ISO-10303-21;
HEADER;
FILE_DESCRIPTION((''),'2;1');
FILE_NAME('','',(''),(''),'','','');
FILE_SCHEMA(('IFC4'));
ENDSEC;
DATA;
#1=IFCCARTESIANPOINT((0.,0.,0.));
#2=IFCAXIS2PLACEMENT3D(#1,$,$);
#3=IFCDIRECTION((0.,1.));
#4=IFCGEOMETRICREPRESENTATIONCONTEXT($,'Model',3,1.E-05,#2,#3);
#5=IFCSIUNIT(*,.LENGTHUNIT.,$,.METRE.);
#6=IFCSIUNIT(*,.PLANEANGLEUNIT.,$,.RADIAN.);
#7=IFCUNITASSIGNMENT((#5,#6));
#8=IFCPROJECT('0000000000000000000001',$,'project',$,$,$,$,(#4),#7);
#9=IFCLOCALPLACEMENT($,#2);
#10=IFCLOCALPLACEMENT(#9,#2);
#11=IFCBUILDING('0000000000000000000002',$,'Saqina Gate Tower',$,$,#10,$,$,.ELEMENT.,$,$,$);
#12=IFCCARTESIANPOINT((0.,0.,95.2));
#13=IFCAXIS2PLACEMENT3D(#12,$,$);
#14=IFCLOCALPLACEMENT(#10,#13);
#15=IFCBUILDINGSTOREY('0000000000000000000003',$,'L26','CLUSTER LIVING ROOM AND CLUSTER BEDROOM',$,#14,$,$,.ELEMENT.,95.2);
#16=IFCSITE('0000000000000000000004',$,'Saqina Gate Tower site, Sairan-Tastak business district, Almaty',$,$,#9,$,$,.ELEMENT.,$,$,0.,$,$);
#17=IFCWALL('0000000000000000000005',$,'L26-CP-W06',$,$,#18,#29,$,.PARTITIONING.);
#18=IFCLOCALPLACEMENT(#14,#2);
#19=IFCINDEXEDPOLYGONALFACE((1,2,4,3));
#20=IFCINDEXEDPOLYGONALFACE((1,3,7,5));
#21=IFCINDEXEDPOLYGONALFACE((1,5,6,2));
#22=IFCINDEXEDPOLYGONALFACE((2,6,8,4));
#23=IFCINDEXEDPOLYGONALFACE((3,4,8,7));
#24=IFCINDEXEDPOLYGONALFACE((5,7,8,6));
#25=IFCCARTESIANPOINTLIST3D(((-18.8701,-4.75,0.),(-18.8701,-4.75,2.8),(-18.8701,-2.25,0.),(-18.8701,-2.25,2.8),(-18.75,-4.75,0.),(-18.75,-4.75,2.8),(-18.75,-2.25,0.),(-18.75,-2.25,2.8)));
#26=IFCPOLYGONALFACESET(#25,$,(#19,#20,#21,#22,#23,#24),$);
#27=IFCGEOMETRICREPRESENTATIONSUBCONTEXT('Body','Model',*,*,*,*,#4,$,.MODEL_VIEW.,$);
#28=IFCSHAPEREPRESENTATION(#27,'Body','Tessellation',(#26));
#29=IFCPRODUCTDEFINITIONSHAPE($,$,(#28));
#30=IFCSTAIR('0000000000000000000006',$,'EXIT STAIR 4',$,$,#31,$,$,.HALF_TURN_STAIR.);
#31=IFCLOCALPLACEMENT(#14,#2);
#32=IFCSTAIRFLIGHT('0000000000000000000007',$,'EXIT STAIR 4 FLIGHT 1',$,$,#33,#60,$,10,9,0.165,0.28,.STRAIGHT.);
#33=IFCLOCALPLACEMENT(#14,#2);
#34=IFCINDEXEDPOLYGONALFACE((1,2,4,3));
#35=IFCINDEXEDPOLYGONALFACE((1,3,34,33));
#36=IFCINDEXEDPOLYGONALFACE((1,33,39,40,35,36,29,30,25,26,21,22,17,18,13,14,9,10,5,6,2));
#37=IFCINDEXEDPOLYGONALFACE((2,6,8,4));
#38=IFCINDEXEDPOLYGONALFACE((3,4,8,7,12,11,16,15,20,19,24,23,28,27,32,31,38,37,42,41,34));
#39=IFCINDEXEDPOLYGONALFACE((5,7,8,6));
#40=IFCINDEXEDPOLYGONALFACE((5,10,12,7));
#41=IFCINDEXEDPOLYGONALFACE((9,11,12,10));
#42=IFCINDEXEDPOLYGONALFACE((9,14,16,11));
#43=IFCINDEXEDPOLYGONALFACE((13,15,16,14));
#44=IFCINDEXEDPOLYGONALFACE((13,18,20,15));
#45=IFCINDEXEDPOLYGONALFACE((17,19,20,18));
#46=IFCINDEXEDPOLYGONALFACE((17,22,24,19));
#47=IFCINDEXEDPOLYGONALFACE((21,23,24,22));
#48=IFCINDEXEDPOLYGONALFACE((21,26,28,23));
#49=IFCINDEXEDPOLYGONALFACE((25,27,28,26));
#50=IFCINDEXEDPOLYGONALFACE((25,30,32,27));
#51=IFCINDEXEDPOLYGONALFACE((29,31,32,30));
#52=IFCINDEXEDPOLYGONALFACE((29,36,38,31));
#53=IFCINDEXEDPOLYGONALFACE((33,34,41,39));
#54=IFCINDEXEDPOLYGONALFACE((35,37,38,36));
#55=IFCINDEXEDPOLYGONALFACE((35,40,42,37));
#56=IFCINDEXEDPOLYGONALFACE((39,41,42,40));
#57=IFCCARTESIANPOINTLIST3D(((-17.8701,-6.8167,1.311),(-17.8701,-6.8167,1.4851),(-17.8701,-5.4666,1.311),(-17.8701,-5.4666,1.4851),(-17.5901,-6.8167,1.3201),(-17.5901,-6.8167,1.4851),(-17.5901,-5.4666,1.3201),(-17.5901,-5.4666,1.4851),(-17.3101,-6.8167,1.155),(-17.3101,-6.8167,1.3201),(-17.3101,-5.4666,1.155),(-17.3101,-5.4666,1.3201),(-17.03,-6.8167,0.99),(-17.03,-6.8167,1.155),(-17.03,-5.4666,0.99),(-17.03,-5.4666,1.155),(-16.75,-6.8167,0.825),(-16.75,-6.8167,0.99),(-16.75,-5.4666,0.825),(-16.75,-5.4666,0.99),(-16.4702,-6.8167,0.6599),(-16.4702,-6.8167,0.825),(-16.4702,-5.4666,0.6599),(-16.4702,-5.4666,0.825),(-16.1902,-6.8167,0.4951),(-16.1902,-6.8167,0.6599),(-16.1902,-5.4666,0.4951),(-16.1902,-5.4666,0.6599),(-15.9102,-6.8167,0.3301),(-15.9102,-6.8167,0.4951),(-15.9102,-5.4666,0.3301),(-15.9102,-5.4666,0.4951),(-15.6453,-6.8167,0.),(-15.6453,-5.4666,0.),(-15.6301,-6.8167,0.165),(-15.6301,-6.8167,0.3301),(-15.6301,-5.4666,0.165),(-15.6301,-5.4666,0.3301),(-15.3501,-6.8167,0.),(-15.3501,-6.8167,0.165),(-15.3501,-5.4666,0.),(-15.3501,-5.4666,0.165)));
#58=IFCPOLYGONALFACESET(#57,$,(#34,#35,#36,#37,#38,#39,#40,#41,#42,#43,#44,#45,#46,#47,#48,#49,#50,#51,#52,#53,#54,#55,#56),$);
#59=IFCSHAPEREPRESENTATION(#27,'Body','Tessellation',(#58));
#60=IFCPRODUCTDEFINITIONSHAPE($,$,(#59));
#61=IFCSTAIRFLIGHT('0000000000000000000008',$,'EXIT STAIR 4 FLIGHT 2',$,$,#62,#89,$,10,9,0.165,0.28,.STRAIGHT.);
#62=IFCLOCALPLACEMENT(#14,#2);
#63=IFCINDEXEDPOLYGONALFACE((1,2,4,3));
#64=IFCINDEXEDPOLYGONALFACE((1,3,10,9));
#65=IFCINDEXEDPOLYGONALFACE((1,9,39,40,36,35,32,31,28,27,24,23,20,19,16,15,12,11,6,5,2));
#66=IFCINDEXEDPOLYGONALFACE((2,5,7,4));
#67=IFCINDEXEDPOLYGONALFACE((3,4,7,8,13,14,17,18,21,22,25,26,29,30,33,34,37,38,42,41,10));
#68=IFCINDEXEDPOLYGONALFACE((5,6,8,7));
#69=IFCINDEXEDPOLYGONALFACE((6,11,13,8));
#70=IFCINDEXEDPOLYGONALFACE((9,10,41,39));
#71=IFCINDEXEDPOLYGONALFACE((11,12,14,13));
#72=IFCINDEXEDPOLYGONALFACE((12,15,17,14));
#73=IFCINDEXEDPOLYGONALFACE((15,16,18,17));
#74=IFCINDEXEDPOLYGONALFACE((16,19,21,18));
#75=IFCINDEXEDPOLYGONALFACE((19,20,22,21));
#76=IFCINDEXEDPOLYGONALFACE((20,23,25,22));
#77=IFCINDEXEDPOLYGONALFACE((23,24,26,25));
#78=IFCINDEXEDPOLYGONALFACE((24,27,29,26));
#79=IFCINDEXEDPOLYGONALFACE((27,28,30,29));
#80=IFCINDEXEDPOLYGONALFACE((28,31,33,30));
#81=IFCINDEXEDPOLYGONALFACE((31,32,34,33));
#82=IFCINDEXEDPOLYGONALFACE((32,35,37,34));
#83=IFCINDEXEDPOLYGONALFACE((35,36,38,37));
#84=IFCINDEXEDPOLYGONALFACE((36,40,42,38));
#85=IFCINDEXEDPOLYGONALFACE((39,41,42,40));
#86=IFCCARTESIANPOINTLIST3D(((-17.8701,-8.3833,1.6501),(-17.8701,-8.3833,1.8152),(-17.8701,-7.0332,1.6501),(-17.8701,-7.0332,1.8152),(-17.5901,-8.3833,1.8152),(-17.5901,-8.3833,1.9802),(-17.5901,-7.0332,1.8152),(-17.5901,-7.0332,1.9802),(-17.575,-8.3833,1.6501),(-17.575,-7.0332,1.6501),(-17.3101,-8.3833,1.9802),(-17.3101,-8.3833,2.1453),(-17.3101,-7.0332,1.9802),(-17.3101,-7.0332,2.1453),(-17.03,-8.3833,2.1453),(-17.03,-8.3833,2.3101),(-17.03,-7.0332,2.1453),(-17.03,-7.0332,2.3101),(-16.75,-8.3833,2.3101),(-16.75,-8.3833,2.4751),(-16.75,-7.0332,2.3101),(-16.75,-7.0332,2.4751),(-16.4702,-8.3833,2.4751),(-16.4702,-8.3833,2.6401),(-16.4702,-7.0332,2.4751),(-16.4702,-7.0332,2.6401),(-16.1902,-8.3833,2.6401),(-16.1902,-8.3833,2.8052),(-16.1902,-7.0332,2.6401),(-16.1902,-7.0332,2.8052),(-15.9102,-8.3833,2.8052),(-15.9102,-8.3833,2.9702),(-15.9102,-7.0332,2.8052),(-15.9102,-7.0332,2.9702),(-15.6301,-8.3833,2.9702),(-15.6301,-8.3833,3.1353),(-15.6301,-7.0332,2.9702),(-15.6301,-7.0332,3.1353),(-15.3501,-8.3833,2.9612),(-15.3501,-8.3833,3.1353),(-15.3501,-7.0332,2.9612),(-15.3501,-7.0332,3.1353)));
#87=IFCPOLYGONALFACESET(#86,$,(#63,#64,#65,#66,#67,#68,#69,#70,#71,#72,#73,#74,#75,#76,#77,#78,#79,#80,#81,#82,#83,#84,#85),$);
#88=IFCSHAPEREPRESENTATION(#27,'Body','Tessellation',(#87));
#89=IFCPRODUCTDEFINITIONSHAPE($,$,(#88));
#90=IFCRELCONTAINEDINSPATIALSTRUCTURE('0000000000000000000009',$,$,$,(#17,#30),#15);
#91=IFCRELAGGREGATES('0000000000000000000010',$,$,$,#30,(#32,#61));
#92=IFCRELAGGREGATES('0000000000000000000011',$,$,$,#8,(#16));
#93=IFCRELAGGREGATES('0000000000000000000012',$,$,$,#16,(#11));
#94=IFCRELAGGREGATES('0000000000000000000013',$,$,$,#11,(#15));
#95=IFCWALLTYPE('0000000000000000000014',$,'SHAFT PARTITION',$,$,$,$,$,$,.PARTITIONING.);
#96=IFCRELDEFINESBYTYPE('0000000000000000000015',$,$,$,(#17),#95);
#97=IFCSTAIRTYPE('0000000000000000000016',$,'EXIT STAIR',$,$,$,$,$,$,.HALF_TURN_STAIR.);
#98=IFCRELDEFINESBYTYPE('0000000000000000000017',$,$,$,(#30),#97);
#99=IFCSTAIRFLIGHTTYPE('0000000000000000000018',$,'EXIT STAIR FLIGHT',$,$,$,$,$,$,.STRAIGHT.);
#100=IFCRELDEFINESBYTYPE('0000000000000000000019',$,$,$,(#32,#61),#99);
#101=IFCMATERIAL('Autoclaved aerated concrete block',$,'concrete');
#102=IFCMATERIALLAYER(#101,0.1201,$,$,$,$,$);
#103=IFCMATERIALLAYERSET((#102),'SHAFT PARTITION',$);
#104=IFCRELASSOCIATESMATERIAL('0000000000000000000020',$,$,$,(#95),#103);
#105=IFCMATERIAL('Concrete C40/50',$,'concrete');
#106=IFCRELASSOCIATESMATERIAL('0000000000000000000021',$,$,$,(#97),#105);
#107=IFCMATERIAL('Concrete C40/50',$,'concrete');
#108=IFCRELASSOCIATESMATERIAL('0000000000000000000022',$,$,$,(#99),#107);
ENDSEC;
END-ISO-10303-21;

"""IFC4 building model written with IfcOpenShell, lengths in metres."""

from ifc_helpers import new_model, si_unit, direction, frame, frame_2d, origin, place, context, subcontext, project, spatial, polyline, rectangle, outline, extrude, material, layer, layer_set, type_object, element, aggregate, save


model = new_model("IFC4")

# Units and contexts
model_context = context("Model", 3, precision=1e-05, world=origin(), true_north=direction((0.0, 1.0)))
body_context = subcontext(model_context, "Body", "Model", "MODEL_VIEW")
ifc_project = project(units=[si_unit("LENGTHUNIT", "METRE"), si_unit("PLANEANGLEUNIT", "RADIAN")], contexts=[model_context])

# Site, building, storey
site_placement = place(None, origin())
site = spatial("IfcSite", under=ifc_project, at=site_placement, Name="Saqina Gate Tower site, Sairan-Tastak business district, Almaty", CompositionType="ELEMENT", RefElevation=0.0)
building_placement = place(site_placement, origin())
building = spatial("IfcBuilding", under=site, at=building_placement, Name="Saqina Gate Tower", CompositionType="ELEMENT")
storey_placement = place(building_placement, frame((0.0, 0.0, 95.2)))
storey = spatial("IfcBuildingStorey", under=building, at=storey_placement, Name="L26", Description="CLUSTER LIVING ROOM AND CLUSTER BEDROOM", CompositionType="ELEMENT", Elevation=95.2)

# Shared definitions
ifc_material_1 = material(Name="Autoclaved aerated concrete block", Category="concrete")
ifc_layer_1 = layer(ifc_material_1, 0.1201)
ifc_layer_set_1 = layer_set([ifc_layer_1], Name="SHAFT PARTITION")
wall_type_1 = type_object("IfcWallType", Name="SHAFT PARTITION", PredefinedType="PARTITIONING", material=ifc_layer_set_1)

# Wall
wall_1_placement = place(storey_placement, frame((-18.8101, -4.75, 0.0), z_axis=(0.0, 0.0, 1.0), x_axis=(0.0, 1.0, 0.0)))
element("IfcWall", 1, at=wall_1_placement, inside=storey, type_object=wall_type_1, Name="L26-CP-W06", PredefinedType="PARTITIONING", context=body_context, shape_type="SweptSolid", body=[
    extrude(rectangle(XDim=2.5, YDim=0.1201, at=frame_2d((1.25, 0.0))), origin(), (0.0, 0.0, 1.0), 2.8),
])

# Stair, stair flights
ifc_material_2 = material(Name="Concrete C40/50", Category="concrete")
stair_type = type_object("IfcStairType", Name="EXIT STAIR", PredefinedType="HALF_TURN_STAIR", material=ifc_material_2)
stair_placement = place(storey_placement, origin())
stair = element("IfcStair", 2, at=stair_placement, inside=storey, type_object=stair_type, Name="EXIT STAIR 4", PredefinedType="HALF_TURN_STAIR")
ifc_material_3 = material(Name="Concrete C40/50", Category="concrete")
stair_flight_type = type_object("IfcStairFlightType", Name="EXIT STAIR FLIGHT", PredefinedType="STRAIGHT", material=ifc_material_3)
stair_flight_1_placement = place(storey_placement, frame((-15.3501, -6.1416, 0.0), z_axis=(0.0, 0.0, 1.0), x_axis=(-1.0, 0.0, 0.0)))
stair_flight_1 = element("IfcStairFlight", 3, at=stair_flight_1_placement, type_object=stair_flight_type, Name="EXIT STAIR 4 FLIGHT 1", NumberOfRisers=10, NumberOfTreads=9, PredefinedType="STRAIGHT", RiserHeight=0.165, TreadLength=0.28, context=body_context, shape_type="SweptSolid", body=[
    extrude(outline(polyline([(0.0, 0.0), (0.0, 0.165), (0.28, 0.165), (0.28, 0.3301), (0.5601, 0.3301), (0.5601, 0.4951), (0.8401, 0.4951), (0.8401, 0.6599), (1.1201, 0.6599), (1.1201, 0.825), (1.3999, 0.825), (1.3999, 0.99), (1.6799, 0.99), (1.6799, 1.155), (1.96, 1.155), (1.96, 1.3201), (2.24, 1.3201), (2.24, 1.4851), (2.52, 1.4851), (2.52, 1.6499), (2.52, 1.311), (0.2952, 0.0), (0.0, 0.0)])), frame((0.0, 0.675, 0.0), z_axis=(0.0, -1.0, 0.0), x_axis=(1.0, 0.0, 0.0)), (0.0, 0.0, 1.0), 1.3501),
])
stair_flight_2_placement = place(storey_placement, frame((-17.8701, -7.7083, 1.6501), z_axis=(0.0, 0.0, 1.0), x_axis=(1.0, 0.0, 0.0)))
stair_flight_2 = element("IfcStairFlight", 4, at=stair_flight_2_placement, type_object=stair_flight_type, Name="EXIT STAIR 4 FLIGHT 2", NumberOfRisers=10, NumberOfTreads=9, PredefinedType="STRAIGHT", RiserHeight=0.165, TreadLength=0.28, context=body_context, shape_type="SweptSolid", body=[
    extrude(outline(polyline([(0.0, 0.0), (0.0, 0.165), (0.28, 0.165), (0.28, 0.3301), (0.5601, 0.3301), (0.5601, 0.4951), (0.8401, 0.4951), (0.8401, 0.6599), (1.1201, 0.6599), (1.1201, 0.825), (1.3999, 0.825), (1.3999, 0.99), (1.6799, 0.99), (1.6799, 1.155), (1.96, 1.155), (1.96, 1.3201), (2.24, 1.3201), (2.24, 1.4851), (2.52, 1.4851), (2.52, 1.6499), (2.52, 1.311), (0.2952, 0.0), (0.0, 0.0)])), frame((0.0, 0.675, 0.0), z_axis=(0.0, -1.0, 0.0), x_axis=(1.0, 0.0, 0.0)), (0.0, 0.0, 1.0), 1.3501),
])
aggregate(stair, [stair_flight_1, stair_flight_2])

save(model, "model.ifc")
